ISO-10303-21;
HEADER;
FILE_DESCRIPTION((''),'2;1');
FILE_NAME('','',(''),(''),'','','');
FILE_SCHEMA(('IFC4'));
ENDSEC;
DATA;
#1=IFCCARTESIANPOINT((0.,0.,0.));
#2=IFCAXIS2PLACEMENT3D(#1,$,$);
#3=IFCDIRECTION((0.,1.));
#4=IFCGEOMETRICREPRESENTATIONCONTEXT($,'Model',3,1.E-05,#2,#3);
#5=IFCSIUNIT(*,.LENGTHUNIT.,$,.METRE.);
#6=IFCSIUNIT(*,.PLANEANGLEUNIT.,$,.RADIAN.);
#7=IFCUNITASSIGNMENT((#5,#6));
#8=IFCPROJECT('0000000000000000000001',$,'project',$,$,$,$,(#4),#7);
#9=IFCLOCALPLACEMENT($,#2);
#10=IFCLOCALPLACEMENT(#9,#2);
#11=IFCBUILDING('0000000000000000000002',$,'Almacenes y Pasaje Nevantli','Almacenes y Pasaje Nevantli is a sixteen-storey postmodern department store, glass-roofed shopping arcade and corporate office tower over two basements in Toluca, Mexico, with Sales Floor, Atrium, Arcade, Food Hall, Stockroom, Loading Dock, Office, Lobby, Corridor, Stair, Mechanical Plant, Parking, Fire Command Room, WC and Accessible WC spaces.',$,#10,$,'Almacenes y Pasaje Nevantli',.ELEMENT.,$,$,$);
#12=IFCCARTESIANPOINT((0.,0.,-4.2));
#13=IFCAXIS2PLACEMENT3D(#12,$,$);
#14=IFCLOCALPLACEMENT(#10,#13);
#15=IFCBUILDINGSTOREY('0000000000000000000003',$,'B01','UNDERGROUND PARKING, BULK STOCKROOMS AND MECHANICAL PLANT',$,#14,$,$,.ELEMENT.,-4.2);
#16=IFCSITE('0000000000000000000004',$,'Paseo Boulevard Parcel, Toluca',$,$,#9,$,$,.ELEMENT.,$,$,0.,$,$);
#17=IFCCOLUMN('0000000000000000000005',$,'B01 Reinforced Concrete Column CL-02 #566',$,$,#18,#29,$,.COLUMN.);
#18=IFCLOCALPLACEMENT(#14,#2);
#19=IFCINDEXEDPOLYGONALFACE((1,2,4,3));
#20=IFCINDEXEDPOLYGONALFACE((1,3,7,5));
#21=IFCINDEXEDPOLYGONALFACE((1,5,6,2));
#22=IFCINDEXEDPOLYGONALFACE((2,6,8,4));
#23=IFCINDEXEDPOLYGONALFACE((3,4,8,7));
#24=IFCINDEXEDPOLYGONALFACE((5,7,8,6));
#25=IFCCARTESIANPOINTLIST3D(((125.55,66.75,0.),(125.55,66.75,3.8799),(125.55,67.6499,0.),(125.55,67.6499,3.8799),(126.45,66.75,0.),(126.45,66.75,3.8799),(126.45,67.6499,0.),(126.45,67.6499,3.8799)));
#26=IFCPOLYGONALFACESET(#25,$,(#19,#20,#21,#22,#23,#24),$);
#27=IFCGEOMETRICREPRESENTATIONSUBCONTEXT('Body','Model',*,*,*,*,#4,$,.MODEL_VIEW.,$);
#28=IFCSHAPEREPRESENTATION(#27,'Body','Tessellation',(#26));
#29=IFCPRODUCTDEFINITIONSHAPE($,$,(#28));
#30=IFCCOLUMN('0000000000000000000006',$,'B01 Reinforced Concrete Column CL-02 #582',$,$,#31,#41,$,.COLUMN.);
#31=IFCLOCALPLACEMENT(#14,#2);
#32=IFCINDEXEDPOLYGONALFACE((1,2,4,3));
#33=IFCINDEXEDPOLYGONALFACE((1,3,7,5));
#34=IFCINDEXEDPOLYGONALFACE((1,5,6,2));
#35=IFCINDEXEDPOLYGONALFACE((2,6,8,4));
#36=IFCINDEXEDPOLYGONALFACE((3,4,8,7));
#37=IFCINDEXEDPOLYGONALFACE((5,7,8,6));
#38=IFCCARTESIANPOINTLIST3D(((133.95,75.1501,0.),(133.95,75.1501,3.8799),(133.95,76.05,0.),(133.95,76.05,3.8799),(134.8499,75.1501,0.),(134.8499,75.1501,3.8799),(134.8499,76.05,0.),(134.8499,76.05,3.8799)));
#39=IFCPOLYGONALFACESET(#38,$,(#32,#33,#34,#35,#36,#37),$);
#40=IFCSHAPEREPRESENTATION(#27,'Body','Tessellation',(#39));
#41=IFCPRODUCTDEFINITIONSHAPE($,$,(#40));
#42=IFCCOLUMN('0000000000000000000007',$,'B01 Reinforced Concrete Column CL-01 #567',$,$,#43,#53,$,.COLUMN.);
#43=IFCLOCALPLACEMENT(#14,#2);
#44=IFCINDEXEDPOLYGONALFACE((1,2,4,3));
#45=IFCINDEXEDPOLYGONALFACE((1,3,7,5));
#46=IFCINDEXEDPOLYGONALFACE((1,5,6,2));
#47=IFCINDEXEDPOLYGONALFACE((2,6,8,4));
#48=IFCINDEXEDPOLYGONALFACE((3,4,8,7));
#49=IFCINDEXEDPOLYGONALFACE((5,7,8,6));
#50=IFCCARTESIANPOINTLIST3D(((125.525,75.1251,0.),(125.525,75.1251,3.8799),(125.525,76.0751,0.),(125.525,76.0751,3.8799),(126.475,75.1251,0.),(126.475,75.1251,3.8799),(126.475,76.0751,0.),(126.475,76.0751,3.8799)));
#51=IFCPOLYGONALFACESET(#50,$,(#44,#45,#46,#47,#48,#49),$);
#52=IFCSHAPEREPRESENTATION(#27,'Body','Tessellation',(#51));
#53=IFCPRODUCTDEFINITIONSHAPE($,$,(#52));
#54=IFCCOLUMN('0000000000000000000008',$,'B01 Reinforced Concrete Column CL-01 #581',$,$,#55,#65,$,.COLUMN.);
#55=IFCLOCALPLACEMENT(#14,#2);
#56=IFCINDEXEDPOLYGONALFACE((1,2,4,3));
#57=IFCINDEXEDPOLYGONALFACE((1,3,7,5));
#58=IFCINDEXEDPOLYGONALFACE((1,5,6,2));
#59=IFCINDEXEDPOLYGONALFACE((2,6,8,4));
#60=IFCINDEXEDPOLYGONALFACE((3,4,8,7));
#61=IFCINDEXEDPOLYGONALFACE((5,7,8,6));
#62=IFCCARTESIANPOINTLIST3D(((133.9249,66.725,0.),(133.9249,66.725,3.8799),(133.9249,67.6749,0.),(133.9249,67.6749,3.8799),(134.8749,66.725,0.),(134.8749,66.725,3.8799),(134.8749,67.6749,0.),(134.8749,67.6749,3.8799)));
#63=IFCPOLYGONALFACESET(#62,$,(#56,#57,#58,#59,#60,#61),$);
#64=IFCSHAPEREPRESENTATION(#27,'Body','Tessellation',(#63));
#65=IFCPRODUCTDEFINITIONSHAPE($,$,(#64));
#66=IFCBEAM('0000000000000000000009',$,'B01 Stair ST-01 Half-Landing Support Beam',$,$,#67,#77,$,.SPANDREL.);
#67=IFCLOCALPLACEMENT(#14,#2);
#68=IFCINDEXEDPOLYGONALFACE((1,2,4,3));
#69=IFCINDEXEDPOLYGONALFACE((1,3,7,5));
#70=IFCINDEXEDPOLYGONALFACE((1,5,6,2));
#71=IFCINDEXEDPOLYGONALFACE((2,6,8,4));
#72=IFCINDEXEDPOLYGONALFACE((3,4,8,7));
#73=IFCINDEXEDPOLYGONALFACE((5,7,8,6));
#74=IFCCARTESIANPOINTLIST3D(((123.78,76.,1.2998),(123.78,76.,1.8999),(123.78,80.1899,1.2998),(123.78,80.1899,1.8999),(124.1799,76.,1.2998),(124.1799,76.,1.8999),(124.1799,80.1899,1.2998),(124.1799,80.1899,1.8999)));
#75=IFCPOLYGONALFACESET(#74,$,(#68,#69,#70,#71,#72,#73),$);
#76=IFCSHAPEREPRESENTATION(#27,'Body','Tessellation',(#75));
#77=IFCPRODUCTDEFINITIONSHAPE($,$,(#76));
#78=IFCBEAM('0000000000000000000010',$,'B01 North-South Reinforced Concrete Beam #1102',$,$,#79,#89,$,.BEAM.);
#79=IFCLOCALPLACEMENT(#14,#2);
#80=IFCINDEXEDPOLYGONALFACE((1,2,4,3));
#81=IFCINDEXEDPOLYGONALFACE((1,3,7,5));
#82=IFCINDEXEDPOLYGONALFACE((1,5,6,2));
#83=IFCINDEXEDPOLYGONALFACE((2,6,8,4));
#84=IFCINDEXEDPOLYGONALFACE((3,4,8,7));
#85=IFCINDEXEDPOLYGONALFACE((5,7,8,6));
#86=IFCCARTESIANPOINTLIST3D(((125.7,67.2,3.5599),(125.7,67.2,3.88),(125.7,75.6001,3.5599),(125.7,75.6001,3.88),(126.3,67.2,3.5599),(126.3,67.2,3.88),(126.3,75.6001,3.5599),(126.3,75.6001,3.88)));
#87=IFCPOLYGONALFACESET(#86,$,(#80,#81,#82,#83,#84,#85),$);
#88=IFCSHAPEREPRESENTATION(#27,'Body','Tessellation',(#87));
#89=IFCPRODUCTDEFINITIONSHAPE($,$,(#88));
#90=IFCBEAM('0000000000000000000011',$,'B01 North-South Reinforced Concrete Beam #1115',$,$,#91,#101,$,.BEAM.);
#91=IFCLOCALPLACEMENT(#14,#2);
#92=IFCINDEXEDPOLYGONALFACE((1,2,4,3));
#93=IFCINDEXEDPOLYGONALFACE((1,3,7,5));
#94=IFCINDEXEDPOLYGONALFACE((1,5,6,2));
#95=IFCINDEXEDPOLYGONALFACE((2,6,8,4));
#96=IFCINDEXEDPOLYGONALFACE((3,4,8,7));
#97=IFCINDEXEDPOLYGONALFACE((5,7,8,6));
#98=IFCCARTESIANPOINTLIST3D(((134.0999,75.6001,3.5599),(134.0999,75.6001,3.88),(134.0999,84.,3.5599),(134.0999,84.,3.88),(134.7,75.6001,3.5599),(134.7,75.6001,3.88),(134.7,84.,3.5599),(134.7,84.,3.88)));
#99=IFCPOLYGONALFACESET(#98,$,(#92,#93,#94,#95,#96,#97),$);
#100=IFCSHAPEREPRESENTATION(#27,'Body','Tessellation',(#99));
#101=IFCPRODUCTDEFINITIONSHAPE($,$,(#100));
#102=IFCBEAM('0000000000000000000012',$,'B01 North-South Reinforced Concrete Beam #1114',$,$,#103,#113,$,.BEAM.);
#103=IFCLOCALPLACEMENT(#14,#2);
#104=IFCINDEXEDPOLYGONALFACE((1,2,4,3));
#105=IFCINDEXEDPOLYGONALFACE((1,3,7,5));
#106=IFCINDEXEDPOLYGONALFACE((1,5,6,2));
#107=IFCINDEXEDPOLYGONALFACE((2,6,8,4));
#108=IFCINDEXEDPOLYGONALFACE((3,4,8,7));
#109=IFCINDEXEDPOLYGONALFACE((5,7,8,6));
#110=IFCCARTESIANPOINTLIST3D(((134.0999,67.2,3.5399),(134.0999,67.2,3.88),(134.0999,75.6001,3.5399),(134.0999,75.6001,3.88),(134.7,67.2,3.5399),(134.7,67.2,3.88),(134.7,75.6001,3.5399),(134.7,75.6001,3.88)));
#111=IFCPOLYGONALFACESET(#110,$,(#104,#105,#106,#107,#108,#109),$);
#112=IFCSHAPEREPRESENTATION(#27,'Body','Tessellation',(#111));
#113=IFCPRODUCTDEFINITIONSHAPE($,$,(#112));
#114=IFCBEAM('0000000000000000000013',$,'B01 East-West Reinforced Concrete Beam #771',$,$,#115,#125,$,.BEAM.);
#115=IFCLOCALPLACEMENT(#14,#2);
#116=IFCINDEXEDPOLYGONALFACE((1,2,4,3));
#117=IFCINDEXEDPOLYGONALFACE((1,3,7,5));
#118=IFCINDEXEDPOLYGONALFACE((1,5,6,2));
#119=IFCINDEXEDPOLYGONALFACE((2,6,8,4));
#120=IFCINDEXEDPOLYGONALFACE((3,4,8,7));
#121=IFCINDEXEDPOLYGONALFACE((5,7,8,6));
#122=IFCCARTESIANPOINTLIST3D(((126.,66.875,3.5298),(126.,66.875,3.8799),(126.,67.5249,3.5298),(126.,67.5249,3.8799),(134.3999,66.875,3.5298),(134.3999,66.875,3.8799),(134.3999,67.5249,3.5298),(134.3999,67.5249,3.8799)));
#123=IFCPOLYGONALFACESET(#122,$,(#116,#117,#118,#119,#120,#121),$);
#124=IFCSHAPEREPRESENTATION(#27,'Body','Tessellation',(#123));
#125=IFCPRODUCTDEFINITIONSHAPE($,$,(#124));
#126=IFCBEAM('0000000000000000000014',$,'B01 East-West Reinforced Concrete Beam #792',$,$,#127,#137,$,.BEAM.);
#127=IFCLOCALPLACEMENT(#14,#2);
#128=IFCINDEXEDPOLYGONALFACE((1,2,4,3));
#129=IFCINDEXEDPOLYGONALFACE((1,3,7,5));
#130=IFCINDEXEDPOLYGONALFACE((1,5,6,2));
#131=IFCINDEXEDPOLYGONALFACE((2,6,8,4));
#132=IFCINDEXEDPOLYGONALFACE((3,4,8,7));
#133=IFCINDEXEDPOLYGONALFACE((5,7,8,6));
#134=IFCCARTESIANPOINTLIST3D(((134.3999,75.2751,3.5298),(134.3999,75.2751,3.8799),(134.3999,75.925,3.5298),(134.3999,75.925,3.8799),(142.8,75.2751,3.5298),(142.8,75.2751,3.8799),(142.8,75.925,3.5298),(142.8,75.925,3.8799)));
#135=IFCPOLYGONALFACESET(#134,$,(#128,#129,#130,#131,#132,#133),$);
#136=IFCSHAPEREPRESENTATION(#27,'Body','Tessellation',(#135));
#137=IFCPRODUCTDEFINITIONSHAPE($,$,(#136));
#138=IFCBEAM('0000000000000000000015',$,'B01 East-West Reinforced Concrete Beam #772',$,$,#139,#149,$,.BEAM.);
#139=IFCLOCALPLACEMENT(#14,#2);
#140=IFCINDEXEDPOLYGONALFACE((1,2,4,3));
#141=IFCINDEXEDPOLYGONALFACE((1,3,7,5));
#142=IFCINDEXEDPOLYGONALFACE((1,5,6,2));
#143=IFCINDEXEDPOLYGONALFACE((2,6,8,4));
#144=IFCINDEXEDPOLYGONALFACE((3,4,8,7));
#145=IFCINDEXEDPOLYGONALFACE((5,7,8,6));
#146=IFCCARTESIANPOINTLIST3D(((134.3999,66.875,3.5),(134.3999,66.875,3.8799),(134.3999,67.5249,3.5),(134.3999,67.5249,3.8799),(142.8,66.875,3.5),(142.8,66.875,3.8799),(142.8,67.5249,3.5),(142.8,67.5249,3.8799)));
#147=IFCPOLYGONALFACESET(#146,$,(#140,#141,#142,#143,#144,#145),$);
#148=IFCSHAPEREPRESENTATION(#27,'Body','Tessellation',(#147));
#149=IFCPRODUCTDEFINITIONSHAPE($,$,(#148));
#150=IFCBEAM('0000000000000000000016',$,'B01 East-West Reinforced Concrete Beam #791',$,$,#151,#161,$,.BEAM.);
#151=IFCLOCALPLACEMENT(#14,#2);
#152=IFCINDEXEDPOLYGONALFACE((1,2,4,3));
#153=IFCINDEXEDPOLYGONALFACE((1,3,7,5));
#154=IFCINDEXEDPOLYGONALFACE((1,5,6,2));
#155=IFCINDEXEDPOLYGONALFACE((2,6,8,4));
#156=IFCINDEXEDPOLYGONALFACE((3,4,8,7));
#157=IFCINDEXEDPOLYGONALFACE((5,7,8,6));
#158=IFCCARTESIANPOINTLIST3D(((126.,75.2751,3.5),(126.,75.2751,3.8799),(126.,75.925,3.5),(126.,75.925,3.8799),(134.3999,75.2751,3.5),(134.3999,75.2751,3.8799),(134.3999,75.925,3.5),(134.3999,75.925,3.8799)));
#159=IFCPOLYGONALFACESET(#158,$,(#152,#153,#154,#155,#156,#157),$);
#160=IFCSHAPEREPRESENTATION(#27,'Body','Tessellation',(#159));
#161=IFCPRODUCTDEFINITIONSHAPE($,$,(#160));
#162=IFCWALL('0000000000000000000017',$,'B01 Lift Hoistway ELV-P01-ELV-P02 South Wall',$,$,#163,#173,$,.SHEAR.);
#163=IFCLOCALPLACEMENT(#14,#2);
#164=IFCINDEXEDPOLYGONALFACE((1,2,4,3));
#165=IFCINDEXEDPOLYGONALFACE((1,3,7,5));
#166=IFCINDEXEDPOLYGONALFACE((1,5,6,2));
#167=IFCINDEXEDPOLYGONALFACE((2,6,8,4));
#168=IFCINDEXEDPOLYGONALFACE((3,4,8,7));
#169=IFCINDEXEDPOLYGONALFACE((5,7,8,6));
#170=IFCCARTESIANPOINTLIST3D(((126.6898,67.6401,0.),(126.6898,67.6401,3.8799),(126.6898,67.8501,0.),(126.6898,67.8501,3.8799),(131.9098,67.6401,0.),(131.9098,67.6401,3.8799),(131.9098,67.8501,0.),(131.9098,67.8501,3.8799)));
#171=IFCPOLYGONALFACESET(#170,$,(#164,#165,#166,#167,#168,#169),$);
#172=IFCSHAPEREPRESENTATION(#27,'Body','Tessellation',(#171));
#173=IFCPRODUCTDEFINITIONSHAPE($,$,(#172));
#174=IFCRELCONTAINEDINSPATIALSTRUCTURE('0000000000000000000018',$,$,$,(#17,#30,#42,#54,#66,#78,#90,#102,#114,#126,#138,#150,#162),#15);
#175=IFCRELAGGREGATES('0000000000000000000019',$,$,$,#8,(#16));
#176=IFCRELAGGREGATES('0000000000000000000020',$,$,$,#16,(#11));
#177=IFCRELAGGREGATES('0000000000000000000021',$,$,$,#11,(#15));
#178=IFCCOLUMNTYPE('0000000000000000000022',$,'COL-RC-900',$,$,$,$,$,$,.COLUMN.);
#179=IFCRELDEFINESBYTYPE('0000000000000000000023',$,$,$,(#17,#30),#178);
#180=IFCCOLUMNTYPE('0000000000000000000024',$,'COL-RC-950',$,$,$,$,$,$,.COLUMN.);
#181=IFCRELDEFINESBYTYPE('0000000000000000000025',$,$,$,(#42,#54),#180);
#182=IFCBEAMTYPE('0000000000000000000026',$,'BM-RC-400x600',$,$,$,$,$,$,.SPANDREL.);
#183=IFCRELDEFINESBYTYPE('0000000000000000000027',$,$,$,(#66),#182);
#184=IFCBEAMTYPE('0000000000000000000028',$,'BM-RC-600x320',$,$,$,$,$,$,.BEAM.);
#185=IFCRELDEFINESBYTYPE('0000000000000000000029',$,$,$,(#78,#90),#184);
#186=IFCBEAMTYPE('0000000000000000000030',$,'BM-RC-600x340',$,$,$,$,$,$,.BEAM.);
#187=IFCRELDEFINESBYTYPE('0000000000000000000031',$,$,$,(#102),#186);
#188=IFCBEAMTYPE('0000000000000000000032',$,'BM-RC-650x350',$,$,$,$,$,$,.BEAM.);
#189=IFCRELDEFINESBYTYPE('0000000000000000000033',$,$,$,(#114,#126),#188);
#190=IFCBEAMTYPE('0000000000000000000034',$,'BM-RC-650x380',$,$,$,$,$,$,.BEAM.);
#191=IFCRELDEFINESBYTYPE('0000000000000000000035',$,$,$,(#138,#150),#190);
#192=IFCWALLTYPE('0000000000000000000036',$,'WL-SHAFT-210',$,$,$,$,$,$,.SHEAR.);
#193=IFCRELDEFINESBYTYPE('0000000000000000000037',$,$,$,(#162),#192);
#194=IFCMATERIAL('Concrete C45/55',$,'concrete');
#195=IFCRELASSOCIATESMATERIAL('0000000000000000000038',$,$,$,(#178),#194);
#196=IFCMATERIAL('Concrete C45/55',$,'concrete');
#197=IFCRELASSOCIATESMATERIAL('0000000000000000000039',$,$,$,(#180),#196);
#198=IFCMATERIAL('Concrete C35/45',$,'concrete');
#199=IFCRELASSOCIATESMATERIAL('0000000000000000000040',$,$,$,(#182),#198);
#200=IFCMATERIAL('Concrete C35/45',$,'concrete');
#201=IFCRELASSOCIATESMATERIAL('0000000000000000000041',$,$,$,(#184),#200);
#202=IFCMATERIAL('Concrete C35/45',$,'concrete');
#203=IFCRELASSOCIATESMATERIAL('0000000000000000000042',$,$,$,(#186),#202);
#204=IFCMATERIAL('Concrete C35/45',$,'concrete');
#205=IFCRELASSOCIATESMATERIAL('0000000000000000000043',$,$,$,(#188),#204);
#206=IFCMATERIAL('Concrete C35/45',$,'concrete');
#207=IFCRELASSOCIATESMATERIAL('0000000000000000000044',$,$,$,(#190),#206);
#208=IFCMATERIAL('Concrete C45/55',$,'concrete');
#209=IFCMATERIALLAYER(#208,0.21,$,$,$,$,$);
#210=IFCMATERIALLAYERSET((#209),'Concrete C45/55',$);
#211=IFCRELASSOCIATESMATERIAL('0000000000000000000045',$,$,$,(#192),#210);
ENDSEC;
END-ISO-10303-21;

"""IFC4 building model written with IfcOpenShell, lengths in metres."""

from ifc_helpers import new_model, si_unit, direction, frame, frame_2d, origin, origin_2d, place, context, subcontext, project, spatial, rectangle, extrude, material, layer, layer_set, material_profile, profile_set, type_object, element, save


model = new_model("IFC4")

# Units and contexts
model_context = context("Model", 3, precision=1e-05, world=origin(), true_north=direction((0.0, 1.0)))
body_context = subcontext(model_context, "Body", "Model", "MODEL_VIEW")
ifc_project = project(units=[si_unit("LENGTHUNIT", "METRE"), si_unit("PLANEANGLEUNIT", "RADIAN")], contexts=[model_context])

# Site, building, storey
site_placement = place(None, origin())
site = spatial("IfcSite", under=ifc_project, at=site_placement, Name="Paseo Boulevard Parcel, Toluca", CompositionType="ELEMENT", RefElevation=0.0)
building_placement = place(site_placement, origin())
building = spatial("IfcBuilding", under=site, at=building_placement, Name="Almacenes y Pasaje Nevantli", Description="Almacenes y Pasaje Nevantli is a sixteen-storey postmodern department store, glass-roofed shopping arcade and corporate office tower over two basements in Toluca, Mexico, with Sales Floor, Atrium, Arcade, Food Hall, Stockroom, Loading Dock, Office, Lobby, Corridor, Stair, Mechanical Plant, Parking, Fire Command Room, WC and Accessible WC spaces.", LongName="Almacenes y Pasaje Nevantli", CompositionType="ELEMENT")
storey_placement = place(building_placement, frame((0.0, 0.0, -4.2)))
storey = spatial("IfcBuildingStorey", under=building, at=storey_placement, Name="B01", Description="UNDERGROUND PARKING, BULK STOCKROOMS AND MECHANICAL PLANT", CompositionType="ELEMENT", Elevation=-4.2)

# Columns
ifc_material_1 = material(Name="Concrete C45/55", Category="concrete")
ifc_material_profile_1 = material_profile(ifc_material_1, rectangle(XDim=0.8999, YDim=0.8999, at=origin_2d()), Name="RC-COL-900x900")
ifc_profile_set_1 = profile_set([ifc_material_profile_1], Name="Concrete C45/55")
column_type_1 = type_object("IfcColumnType", Name="COL-RC-900", PredefinedType="COLUMN", material=ifc_profile_set_1)
for number, where, z_axis, x_axis, name in (
    (1, (126.0, 67.2, 0.0), (0.0, 0.0, 1.0), (1.0, 0.0, 0.0), "B01 Reinforced Concrete Column CL-02 #566"),
    (2, (134.3999, 75.6001, 0.0), (0.0, 0.0, 1.0), (1.0, 0.0, 0.0), "B01 Reinforced Concrete Column CL-02 #582"),
):
    element("IfcColumn", number, at=place(storey_placement, frame(where, z_axis=z_axis, x_axis=x_axis)), inside=storey, type_object=column_type_1, Name=name, PredefinedType="COLUMN", context=body_context, shape_type="SweptSolid", body=[
        extrude(rectangle(XDim=0.8999, YDim=0.8999, at=origin_2d()), origin(), (0.0, 0.0, 1.0), 3.8799),
    ])
ifc_material_2 = material(Name="Concrete C45/55", Category="concrete")
ifc_material_profile_2 = material_profile(ifc_material_2, rectangle(XDim=0.95, YDim=0.95, at=origin_2d()), Name="RC-COL-950x950")
ifc_profile_set_2 = profile_set([ifc_material_profile_2], Name="Concrete C45/55")
column_type_2 = type_object("IfcColumnType", Name="COL-RC-950", PredefinedType="COLUMN", material=ifc_profile_set_2)
for number, where, z_axis, x_axis, name in (
    (3, (126.0, 75.6001, 0.0), (0.0, 0.0, 1.0), (1.0, 0.0, 0.0), "B01 Reinforced Concrete Column CL-01 #567"),
    (4, (134.3999, 67.2, 0.0), (0.0, 0.0, 1.0), (1.0, 0.0, 0.0), "B01 Reinforced Concrete Column CL-01 #581"),
):
    element("IfcColumn", number, at=place(storey_placement, frame(where, z_axis=z_axis, x_axis=x_axis)), inside=storey, type_object=column_type_2, Name=name, PredefinedType="COLUMN", context=body_context, shape_type="SweptSolid", body=[
        extrude(rectangle(XDim=0.95, YDim=0.95, at=origin_2d()), origin(), (0.0, 0.0, 1.0), 3.8799),
    ])

# Beams
ifc_material_3 = material(Name="Concrete C35/45", Category="concrete")
ifc_material_profile_3 = material_profile(ifc_material_3, rectangle(XDim=0.3999, YDim=0.6001, at=origin_2d()), Name="RC-BM-400x600")
ifc_profile_set_3 = profile_set([ifc_material_profile_3], Name="Concrete C35/45")
beam_type_1 = type_object("IfcBeamType", Name="BM-RC-400x600", PredefinedType="SPANDREL", material=ifc_profile_set_3)
beam_1_placement = place(storey_placement, frame((123.98, 76.0, 1.5999), z_axis=(0.0, 1.0, 0.0), x_axis=(-1.0, 0.0, 0.0)))
element("IfcBeam", 5, at=beam_1_placement, inside=storey, type_object=beam_type_1, Name="B01 Stair ST-01 Half-Landing Support Beam", PredefinedType="SPANDREL", context=body_context, shape_type="SweptSolid", body=[
    extrude(rectangle(XDim=0.3999, YDim=0.6001, at=origin_2d()), origin(), (0.0, 0.0, 1.0), 4.1899),
])
ifc_material_4 = material(Name="Concrete C35/45", Category="concrete")
ifc_material_profile_4 = material_profile(ifc_material_4, rectangle(XDim=0.6001, YDim=0.3201, at=origin_2d()), Name="RC-BM-600x320")
ifc_profile_set_4 = profile_set([ifc_material_profile_4], Name="Concrete C35/45")
beam_type_2 = type_object("IfcBeamType", Name="BM-RC-600x320", PredefinedType="BEAM", material=ifc_profile_set_4)
beam_2_placement = place(storey_placement, frame((126.0, 67.2, 3.72), z_axis=(0.0, 1.0, 0.0), x_axis=(-1.0, 0.0, 0.0)))
element("IfcBeam", 6, at=beam_2_placement, inside=storey, type_object=beam_type_2, Name="B01 North-South Reinforced Concrete Beam #1102", PredefinedType="BEAM", context=body_context, shape_type="SweptSolid", body=[
    extrude(rectangle(XDim=0.6001, YDim=0.3201, at=origin_2d()), origin(), (0.0, 0.0, 1.0), 8.4001),
])
beam_3_placement = place(storey_placement, frame((134.3999, 75.6001, 3.72), z_axis=(0.0, 1.0, 0.0), x_axis=(-1.0, 0.0, 0.0)))
element("IfcBeam", 7, at=beam_3_placement, inside=storey, type_object=beam_type_2, Name="B01 North-South Reinforced Concrete Beam #1115", PredefinedType="BEAM", context=body_context, shape_type="SweptSolid", body=[
    extrude(rectangle(XDim=0.6001, YDim=0.3201, at=origin_2d()), origin(), (0.0, 0.0, 1.0), 8.3999),
])
ifc_material_5 = material(Name="Concrete C35/45", Category="concrete")
ifc_material_profile_5 = material_profile(ifc_material_5, rectangle(XDim=0.6001, YDim=0.3401, at=origin_2d()), Name="RC-BM-600x340")
ifc_profile_set_5 = profile_set([ifc_material_profile_5], Name="Concrete C35/45")
beam_type_3 = type_object("IfcBeamType", Name="BM-RC-600x340", PredefinedType="BEAM", material=ifc_profile_set_5)
beam_4_placement = place(storey_placement, frame((134.3999, 67.2, 3.71), z_axis=(0.0, 1.0, 0.0), x_axis=(-1.0, 0.0, 0.0)))
element("IfcBeam", 8, at=beam_4_placement, inside=storey, type_object=beam_type_3, Name="B01 North-South Reinforced Concrete Beam #1114", PredefinedType="BEAM", context=body_context, shape_type="SweptSolid", body=[
    extrude(rectangle(XDim=0.6001, YDim=0.3401, at=origin_2d()), origin(), (0.0, 0.0, 1.0), 8.4001),
])
ifc_material_6 = material(Name="Concrete C35/45", Category="concrete")
ifc_material_profile_6 = material_profile(ifc_material_6, rectangle(XDim=0.6499, YDim=0.3501, at=origin_2d()), Name="RC-BM-650x350")
ifc_profile_set_6 = profile_set([ifc_material_profile_6], Name="Concrete C35/45")
beam_type_4 = type_object("IfcBeamType", Name="BM-RC-650x350", PredefinedType="BEAM", material=ifc_profile_set_6)
beam_5_placement = place(storey_placement, frame((126.0, 67.2, 3.7048), z_axis=(1.0, 0.0, 0.0), x_axis=(0.0, 1.0, 0.0)))
element("IfcBeam", 9, at=beam_5_placement, inside=storey, type_object=beam_type_4, Name="B01 East-West Reinforced Concrete Beam #771", PredefinedType="BEAM", context=body_context, shape_type="SweptSolid", body=[
    extrude(rectangle(XDim=0.6499, YDim=0.3501, at=origin_2d()), origin(), (0.0, 0.0, 1.0), 8.3999),
])
beam_6_placement = place(storey_placement, frame((134.3999, 75.6001, 3.7048), z_axis=(1.0, 0.0, 0.0), x_axis=(0.0, 1.0, 0.0)))
element("IfcBeam", 10, at=beam_6_placement, inside=storey, type_object=beam_type_4, Name="B01 East-West Reinforced Concrete Beam #792", PredefinedType="BEAM", context=body_context, shape_type="SweptSolid", body=[
    extrude(rectangle(XDim=0.6499, YDim=0.3501, at=origin_2d()), origin(), (0.0, 0.0, 1.0), 8.4001),
])
ifc_material_7 = material(Name="Concrete C35/45", Category="concrete")
ifc_material_profile_7 = material_profile(ifc_material_7, rectangle(XDim=0.6499, YDim=0.3799, at=origin_2d()), Name="RC-BM-650x380")
ifc_profile_set_7 = profile_set([ifc_material_profile_7], Name="Concrete C35/45")
beam_type_5 = type_object("IfcBeamType", Name="BM-RC-650x380", PredefinedType="BEAM", material=ifc_profile_set_7)
beam_7_placement = place(storey_placement, frame((134.3999, 67.2, 3.6899), z_axis=(1.0, 0.0, 0.0), x_axis=(0.0, 1.0, 0.0)))
element("IfcBeam", 11, at=beam_7_placement, inside=storey, type_object=beam_type_5, Name="B01 East-West Reinforced Concrete Beam #772", PredefinedType="BEAM", context=body_context, shape_type="SweptSolid", body=[
    extrude(rectangle(XDim=0.6499, YDim=0.3799, at=origin_2d()), origin(), (0.0, 0.0, 1.0), 8.4001),
])
beam_8_placement = place(storey_placement, frame((126.0, 75.6001, 3.6899), z_axis=(1.0, 0.0, 0.0), x_axis=(0.0, 1.0, 0.0)))
element("IfcBeam", 12, at=beam_8_placement, inside=storey, type_object=beam_type_5, Name="B01 East-West Reinforced Concrete Beam #791", PredefinedType="BEAM", context=body_context, shape_type="SweptSolid", body=[
    extrude(rectangle(XDim=0.6499, YDim=0.3799, at=origin_2d()), origin(), (0.0, 0.0, 1.0), 8.3999),
])

# Wall
ifc_material_8 = material(Name="Concrete C45/55", Category="concrete")
ifc_layer = layer(ifc_material_8, 0.21)
ifc_layer_set = layer_set([ifc_layer], Name="Concrete C45/55")
wall_type = type_object("IfcWallType", Name="WL-SHAFT-210", PredefinedType="SHEAR", material=ifc_layer_set)
wall_1_placement = place(storey_placement, frame((126.6899, 67.7451, 0.0), z_axis=(0.0, 0.0, 1.0), x_axis=(1.0, 0.0, 0.0)))
element("IfcWall", 13, at=wall_1_placement, inside=storey, type_object=wall_type, Name="B01 Lift Hoistway ELV-P01-ELV-P02 South Wall", PredefinedType="SHEAR", context=body_context, shape_type="SweptSolid", body=[
    extrude(rectangle(XDim=5.22, YDim=0.21, at=frame_2d((2.6099, 0.0))), origin(), (0.0, 0.0, 1.0), 3.8799),
])

save(model, "model.ifc")
